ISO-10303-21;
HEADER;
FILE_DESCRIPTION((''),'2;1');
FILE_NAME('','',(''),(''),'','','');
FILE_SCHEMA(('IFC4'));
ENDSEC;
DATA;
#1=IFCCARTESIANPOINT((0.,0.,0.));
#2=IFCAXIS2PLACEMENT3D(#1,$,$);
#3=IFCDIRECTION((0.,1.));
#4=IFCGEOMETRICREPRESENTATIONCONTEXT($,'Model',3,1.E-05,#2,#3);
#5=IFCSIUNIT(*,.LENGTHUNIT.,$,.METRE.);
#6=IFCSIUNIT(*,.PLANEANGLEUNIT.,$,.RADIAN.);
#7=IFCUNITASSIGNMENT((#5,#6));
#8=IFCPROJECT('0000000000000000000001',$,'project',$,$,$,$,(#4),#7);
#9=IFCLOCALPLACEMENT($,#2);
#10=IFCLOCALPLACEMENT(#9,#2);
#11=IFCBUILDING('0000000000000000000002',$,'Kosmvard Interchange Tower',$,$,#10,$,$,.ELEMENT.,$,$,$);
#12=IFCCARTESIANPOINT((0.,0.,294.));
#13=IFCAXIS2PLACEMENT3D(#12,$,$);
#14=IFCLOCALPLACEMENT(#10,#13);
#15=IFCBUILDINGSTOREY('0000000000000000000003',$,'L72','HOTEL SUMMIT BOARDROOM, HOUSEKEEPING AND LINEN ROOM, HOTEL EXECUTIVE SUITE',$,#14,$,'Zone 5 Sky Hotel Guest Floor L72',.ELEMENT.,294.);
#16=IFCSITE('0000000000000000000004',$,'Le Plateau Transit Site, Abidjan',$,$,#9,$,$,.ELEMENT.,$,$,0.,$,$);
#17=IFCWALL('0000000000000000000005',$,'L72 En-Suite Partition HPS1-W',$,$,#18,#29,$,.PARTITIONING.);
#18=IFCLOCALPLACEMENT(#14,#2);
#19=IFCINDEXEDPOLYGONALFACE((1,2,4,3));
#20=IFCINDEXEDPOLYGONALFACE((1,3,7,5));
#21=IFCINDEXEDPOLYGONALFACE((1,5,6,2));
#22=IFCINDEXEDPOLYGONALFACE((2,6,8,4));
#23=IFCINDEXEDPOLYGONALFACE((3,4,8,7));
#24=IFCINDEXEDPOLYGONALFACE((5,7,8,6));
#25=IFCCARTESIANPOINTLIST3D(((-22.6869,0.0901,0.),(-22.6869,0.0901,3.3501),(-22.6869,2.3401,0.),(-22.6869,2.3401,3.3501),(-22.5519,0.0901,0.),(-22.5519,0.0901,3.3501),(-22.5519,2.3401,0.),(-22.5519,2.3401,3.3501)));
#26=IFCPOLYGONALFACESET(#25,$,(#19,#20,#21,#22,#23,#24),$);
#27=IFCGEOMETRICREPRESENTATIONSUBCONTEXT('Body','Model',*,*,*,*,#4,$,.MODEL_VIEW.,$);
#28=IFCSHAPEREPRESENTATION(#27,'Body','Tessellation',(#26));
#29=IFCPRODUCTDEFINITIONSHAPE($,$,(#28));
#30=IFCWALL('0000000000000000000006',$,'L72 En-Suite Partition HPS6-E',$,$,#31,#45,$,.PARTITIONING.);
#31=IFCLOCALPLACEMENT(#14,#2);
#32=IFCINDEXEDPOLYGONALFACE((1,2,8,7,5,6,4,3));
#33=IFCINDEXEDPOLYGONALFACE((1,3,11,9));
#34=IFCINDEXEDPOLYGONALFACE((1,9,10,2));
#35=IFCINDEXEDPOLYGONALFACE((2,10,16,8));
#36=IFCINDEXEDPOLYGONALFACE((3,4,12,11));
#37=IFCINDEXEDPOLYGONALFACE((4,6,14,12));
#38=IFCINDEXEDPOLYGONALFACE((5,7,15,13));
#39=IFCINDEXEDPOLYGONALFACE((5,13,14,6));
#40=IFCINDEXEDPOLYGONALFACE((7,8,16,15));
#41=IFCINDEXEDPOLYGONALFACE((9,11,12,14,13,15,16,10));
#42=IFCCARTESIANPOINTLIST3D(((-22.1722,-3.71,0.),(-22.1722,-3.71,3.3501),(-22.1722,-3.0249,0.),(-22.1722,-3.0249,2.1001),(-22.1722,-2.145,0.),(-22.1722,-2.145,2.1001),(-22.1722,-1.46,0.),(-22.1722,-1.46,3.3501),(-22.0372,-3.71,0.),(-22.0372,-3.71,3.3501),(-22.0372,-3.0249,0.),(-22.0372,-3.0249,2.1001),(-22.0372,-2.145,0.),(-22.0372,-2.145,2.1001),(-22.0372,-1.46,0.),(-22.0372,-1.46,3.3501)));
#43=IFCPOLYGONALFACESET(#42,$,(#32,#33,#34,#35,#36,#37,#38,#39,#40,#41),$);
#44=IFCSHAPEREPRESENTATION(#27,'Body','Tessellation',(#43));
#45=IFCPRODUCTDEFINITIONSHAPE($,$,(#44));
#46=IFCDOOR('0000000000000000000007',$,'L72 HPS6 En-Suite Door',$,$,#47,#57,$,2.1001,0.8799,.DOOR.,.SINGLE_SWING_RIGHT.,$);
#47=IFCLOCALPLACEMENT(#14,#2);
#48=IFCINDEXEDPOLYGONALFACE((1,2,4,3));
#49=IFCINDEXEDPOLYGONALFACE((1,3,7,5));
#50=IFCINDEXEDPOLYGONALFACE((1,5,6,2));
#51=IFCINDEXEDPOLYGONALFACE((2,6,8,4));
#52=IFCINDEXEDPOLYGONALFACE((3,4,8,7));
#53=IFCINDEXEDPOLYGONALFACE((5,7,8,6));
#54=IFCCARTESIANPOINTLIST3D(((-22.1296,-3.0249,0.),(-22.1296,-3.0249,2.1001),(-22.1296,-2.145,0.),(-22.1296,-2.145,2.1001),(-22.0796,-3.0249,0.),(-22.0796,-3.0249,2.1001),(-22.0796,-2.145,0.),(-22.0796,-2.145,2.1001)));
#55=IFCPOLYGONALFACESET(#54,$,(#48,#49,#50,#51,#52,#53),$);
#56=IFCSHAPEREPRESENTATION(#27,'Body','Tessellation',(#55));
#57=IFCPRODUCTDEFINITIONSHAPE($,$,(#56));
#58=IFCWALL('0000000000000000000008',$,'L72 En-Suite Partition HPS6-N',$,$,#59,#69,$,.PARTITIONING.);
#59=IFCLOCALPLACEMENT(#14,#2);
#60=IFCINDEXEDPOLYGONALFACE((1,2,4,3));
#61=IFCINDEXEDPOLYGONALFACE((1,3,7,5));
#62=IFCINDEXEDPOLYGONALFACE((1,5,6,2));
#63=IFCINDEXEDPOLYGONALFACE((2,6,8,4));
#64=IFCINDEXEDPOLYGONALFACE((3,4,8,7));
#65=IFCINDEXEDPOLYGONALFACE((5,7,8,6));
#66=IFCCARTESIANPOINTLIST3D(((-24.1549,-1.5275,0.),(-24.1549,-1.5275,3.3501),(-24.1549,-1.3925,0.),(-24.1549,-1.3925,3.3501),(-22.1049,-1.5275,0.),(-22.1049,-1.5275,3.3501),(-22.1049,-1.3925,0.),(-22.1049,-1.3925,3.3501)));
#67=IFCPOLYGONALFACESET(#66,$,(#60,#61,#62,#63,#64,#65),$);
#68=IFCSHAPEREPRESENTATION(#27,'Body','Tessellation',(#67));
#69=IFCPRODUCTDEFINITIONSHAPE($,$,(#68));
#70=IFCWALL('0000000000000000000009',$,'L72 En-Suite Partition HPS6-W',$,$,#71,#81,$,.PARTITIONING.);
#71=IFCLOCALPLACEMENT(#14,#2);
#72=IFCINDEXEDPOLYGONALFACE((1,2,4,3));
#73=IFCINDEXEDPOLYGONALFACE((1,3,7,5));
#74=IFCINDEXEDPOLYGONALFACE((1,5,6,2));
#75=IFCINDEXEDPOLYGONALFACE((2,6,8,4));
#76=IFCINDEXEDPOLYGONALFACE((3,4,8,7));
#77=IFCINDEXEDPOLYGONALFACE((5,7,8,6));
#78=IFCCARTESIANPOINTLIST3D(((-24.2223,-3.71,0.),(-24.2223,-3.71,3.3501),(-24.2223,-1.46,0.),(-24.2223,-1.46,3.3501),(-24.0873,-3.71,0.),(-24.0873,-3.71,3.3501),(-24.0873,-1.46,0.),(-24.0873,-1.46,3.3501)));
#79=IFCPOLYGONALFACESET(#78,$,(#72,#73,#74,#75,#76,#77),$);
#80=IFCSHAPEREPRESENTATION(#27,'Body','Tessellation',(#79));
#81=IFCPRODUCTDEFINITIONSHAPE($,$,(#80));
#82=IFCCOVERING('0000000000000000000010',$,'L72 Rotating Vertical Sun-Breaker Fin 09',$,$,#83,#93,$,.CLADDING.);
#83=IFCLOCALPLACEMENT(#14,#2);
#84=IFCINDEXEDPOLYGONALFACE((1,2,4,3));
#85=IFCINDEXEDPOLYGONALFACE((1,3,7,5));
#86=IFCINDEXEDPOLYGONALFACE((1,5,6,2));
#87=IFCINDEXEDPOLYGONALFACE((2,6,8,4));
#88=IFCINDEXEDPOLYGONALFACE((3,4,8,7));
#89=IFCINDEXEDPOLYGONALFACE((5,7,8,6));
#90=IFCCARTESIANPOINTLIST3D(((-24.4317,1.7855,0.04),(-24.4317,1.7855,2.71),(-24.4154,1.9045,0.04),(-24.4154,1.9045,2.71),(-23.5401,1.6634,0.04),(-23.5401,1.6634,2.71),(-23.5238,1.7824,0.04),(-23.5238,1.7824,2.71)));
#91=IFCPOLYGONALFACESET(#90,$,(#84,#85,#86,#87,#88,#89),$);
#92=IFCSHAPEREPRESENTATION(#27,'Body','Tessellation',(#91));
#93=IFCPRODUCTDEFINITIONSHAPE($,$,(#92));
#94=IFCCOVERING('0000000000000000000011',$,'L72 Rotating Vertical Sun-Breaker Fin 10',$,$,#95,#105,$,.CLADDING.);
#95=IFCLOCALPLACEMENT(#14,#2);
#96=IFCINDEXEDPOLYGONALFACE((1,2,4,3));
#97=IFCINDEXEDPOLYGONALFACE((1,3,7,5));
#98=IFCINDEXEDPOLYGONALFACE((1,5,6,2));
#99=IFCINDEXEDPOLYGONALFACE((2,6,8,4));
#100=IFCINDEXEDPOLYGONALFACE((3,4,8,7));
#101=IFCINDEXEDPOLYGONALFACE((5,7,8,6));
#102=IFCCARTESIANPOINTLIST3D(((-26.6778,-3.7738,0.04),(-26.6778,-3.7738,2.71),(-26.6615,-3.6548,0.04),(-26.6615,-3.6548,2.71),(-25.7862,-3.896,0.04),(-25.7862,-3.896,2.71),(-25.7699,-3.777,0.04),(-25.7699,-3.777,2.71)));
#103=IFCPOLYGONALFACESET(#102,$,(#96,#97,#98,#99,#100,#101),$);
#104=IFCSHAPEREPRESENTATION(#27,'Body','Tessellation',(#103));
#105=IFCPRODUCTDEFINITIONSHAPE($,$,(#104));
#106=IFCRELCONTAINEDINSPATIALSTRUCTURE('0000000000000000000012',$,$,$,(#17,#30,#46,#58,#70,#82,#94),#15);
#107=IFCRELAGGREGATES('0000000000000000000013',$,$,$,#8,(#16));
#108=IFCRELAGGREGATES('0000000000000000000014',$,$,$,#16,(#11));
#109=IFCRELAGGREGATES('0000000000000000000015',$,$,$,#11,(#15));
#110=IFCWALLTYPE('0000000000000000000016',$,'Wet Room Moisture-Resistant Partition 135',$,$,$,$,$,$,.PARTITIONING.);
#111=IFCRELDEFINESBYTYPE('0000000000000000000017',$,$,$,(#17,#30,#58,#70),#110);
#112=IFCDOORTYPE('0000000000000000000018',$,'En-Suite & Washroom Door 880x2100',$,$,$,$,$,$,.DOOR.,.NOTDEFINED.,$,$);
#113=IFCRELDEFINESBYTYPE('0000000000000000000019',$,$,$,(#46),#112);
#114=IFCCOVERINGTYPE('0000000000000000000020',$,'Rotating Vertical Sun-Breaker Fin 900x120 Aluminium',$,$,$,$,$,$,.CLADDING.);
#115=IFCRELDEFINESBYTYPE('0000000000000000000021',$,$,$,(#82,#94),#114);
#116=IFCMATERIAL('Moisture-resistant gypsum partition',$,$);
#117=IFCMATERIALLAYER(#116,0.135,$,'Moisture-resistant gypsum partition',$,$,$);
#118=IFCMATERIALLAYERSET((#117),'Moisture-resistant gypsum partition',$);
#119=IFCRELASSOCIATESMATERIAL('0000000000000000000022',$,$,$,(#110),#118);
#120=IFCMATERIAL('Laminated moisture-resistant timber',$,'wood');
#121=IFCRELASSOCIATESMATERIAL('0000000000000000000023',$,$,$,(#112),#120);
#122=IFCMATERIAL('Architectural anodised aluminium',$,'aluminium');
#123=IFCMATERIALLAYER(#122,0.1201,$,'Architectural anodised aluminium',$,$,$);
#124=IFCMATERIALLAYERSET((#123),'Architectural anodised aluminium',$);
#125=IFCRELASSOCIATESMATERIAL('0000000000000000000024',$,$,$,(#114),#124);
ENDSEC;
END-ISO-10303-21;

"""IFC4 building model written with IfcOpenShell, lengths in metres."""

from ifc_helpers import new_model, si_unit, direction, frame, frame_2d, origin, origin_2d, place, context, subcontext, project, spatial, rectangle, extrude, source, transform, mapped, material, layer, layer_set, type_object, element, fill, save


model = new_model("IFC4")

# Units and contexts
model_context = context("Model", 3, precision=1e-05, world=origin(), true_north=direction((0.0, 1.0)))
body_context = subcontext(model_context, "Body", "Model", "MODEL_VIEW")
ifc_project = project(units=[si_unit("LENGTHUNIT", "METRE"), si_unit("PLANEANGLEUNIT", "RADIAN")], contexts=[model_context])

# Site, building, storey
site_placement = place(None, origin())
site = spatial("IfcSite", under=ifc_project, at=site_placement, Name="Le Plateau Transit Site, Abidjan", CompositionType="ELEMENT", RefElevation=0.0)
building_placement = place(site_placement, origin())
building = spatial("IfcBuilding", under=site, at=building_placement, Name="Kosmvard Interchange Tower", CompositionType="ELEMENT")
storey_placement = place(building_placement, frame((0.0, 0.0, 294.0)))
storey = spatial("IfcBuildingStorey", under=building, at=storey_placement, Name="L72", Description="HOTEL SUMMIT BOARDROOM, HOUSEKEEPING AND LINEN ROOM, HOTEL EXECUTIVE SUITE", LongName="Zone 5 Sky Hotel Guest Floor L72", CompositionType="ELEMENT", Elevation=294.0)

# Shared definitions
ifc_material_1 = material(Name="Moisture-resistant gypsum partition")
ifc_layer_1 = layer(ifc_material_1, 0.135, Name="Moisture-resistant gypsum partition")
ifc_layer_set_1 = layer_set([ifc_layer_1], Name="Moisture-resistant gypsum partition")
wall_type_1 = type_object("IfcWallType", Name="Wet Room Moisture-Resistant Partition 135", PredefinedType="PARTITIONING", material=ifc_layer_set_1)
ifc_material_2 = material(Name="Laminated moisture-resistant timber", Category="wood")
door_type = type_object("IfcDoorType", Name="En-Suite & Washroom Door 880x2100", OperationType="NOTDEFINED", PredefinedType="DOOR", material=ifc_material_2)
shared_shape_1 = source(origin(), body_context, "Body", "SweptSolid", [
    extrude(rectangle(XDim=0.8799, YDim=2.1001, at=frame_2d((0.4399, 1.05))), frame((0.0, 0.0249, 0.0), z_axis=(0.0, -1.0, 0.0), x_axis=(1.0, 0.0, 0.0)), (0.0, 0.0, 1.0), 0.05),
])

# Wall
wall_1_placement = place(storey_placement, frame((-22.6194, 0.0901, 0.0), z_axis=(0.0, 0.0, 1.0), x_axis=(0.0, 1.0, 0.0)))
element("IfcWall", 1, at=wall_1_placement, inside=storey, type_object=wall_type_1, Name="L72 En-Suite Partition HPS1-W", PredefinedType="PARTITIONING", context=body_context, shape_type="SweptSolid", body=[
    extrude(rectangle(XDim=2.25, YDim=0.135, at=frame_2d((1.125, 0.0))), origin(), (0.0, 0.0, 1.0), 3.3501),
])

# Wall, opening, door
wall_2_placement = place(storey_placement, frame((-22.1047, -3.71, 0.0), z_axis=(0.0, 0.0, 1.0), x_axis=(0.0, 1.0, 0.0)))
wall_2 = element("IfcWall", 2, at=wall_2_placement, inside=storey, type_object=wall_type_1, Name="L72 En-Suite Partition HPS6-E", PredefinedType="PARTITIONING", context=body_context, shape_type="SweptSolid", body=[
    extrude(rectangle(XDim=2.25, YDim=0.135, at=frame_2d((1.125, 0.0))), origin(), (0.0, 0.0, 1.0), 3.3501),
])
opening_1_placement = place(wall_2_placement, frame((0.6851, 0.0, 0.0)))
opening_1 = element("IfcOpeningElement", 3, at=opening_1_placement, cuts=wall_2, PredefinedType="OPENING", context=body_context, shape_type="SweptSolid", body=[
    extrude(rectangle(XDim=0.8799, YDim=2.1001, at=frame_2d((0.4399, 1.05))), frame((0.0, 0.0776, 0.0), z_axis=(0.0, -1.0, 0.0), x_axis=(1.0, 0.0, 0.0)), (0.0, 0.0, 1.0), 0.155),
])
door_1_placement = place(opening_1_placement, origin())
door_1 = element("IfcDoor", 4, at=door_1_placement, inside=storey, type_object=door_type, Name="L72 HPS6 En-Suite Door", OperationType="SINGLE_SWING_RIGHT", OverallHeight=2.1001, OverallWidth=0.8799, PredefinedType="DOOR", context=body_context, shape_type="MappedRepresentation", body=[
    mapped(shared_shape_1, transform((0.0, 0.0, 0.0), scale=1.0)),
])
fill(opening_1, door_1)

# Walls
wall_3_placement = place(storey_placement, frame((-24.1548, -1.46, 0.0), z_axis=(0.0, 0.0, 1.0), x_axis=(1.0, 0.0, 0.0)))
element("IfcWall", 5, at=wall_3_placement, inside=storey, type_object=wall_type_1, Name="L72 En-Suite Partition HPS6-N", PredefinedType="PARTITIONING", context=body_context, shape_type="SweptSolid", body=[
    extrude(rectangle(XDim=2.05, YDim=0.135, at=frame_2d((1.0249, 0.0))), origin(), (0.0, 0.0, 1.0), 3.3501),
])
wall_4_placement = place(storey_placement, frame((-24.1548, -3.71, 0.0), z_axis=(0.0, 0.0, 1.0), x_axis=(0.0, 1.0, 0.0)))
element("IfcWall", 6, at=wall_4_placement, inside=storey, type_object=wall_type_1, Name="L72 En-Suite Partition HPS6-W", PredefinedType="PARTITIONING", context=body_context, shape_type="SweptSolid", body=[
    extrude(rectangle(XDim=2.25, YDim=0.135, at=frame_2d((1.125, 0.0))), origin(), (0.0, 0.0, 1.0), 3.3501),
])

# Coverings
ifc_material_3 = material(Name="Architectural anodised aluminium", Category="aluminium")
ifc_layer_2 = layer(ifc_material_3, 0.1201, Name="Architectural anodised aluminium")
ifc_layer_set_2 = layer_set([ifc_layer_2], Name="Architectural anodised aluminium")
covering_type = type_object("IfcCoveringType", Name="Rotating Vertical Sun-Breaker Fin 900x120 Aluminium", PredefinedType="CLADDING", material=ifc_layer_set_2)
shared_shape_2 = source(origin(), body_context, "Body", "SweptSolid", [
    extrude(rectangle(XDim=0.8999, YDim=0.1201, at=origin_2d()), origin(), (0.0, 0.0, 1.0), 2.6699),
])
for number, where, z_axis, x_axis, name in (
    (7, (-23.9778, 1.7839, 0.04), (0.0, 0.0, 1.0), (-0.990748, 0.135716, 0.0), "L72 Rotating Vertical Sun-Breaker Fin 09"),
    (8, (-26.2239, -3.7754, 0.04), (0.0, 0.0, 1.0), (-0.990748, 0.135716, 0.0), "L72 Rotating Vertical Sun-Breaker Fin 10"),
):
    element("IfcCovering", number, at=place(storey_placement, frame(where, z_axis=z_axis, x_axis=x_axis)), inside=storey, type_object=covering_type, Name=name, PredefinedType="CLADDING", context=body_context, shape_type="MappedRepresentation", body=[
        mapped(shared_shape_2, transform((0.0, 0.0, 0.0), scale=1.0)),
    ])

save(model, "model.ifc")
